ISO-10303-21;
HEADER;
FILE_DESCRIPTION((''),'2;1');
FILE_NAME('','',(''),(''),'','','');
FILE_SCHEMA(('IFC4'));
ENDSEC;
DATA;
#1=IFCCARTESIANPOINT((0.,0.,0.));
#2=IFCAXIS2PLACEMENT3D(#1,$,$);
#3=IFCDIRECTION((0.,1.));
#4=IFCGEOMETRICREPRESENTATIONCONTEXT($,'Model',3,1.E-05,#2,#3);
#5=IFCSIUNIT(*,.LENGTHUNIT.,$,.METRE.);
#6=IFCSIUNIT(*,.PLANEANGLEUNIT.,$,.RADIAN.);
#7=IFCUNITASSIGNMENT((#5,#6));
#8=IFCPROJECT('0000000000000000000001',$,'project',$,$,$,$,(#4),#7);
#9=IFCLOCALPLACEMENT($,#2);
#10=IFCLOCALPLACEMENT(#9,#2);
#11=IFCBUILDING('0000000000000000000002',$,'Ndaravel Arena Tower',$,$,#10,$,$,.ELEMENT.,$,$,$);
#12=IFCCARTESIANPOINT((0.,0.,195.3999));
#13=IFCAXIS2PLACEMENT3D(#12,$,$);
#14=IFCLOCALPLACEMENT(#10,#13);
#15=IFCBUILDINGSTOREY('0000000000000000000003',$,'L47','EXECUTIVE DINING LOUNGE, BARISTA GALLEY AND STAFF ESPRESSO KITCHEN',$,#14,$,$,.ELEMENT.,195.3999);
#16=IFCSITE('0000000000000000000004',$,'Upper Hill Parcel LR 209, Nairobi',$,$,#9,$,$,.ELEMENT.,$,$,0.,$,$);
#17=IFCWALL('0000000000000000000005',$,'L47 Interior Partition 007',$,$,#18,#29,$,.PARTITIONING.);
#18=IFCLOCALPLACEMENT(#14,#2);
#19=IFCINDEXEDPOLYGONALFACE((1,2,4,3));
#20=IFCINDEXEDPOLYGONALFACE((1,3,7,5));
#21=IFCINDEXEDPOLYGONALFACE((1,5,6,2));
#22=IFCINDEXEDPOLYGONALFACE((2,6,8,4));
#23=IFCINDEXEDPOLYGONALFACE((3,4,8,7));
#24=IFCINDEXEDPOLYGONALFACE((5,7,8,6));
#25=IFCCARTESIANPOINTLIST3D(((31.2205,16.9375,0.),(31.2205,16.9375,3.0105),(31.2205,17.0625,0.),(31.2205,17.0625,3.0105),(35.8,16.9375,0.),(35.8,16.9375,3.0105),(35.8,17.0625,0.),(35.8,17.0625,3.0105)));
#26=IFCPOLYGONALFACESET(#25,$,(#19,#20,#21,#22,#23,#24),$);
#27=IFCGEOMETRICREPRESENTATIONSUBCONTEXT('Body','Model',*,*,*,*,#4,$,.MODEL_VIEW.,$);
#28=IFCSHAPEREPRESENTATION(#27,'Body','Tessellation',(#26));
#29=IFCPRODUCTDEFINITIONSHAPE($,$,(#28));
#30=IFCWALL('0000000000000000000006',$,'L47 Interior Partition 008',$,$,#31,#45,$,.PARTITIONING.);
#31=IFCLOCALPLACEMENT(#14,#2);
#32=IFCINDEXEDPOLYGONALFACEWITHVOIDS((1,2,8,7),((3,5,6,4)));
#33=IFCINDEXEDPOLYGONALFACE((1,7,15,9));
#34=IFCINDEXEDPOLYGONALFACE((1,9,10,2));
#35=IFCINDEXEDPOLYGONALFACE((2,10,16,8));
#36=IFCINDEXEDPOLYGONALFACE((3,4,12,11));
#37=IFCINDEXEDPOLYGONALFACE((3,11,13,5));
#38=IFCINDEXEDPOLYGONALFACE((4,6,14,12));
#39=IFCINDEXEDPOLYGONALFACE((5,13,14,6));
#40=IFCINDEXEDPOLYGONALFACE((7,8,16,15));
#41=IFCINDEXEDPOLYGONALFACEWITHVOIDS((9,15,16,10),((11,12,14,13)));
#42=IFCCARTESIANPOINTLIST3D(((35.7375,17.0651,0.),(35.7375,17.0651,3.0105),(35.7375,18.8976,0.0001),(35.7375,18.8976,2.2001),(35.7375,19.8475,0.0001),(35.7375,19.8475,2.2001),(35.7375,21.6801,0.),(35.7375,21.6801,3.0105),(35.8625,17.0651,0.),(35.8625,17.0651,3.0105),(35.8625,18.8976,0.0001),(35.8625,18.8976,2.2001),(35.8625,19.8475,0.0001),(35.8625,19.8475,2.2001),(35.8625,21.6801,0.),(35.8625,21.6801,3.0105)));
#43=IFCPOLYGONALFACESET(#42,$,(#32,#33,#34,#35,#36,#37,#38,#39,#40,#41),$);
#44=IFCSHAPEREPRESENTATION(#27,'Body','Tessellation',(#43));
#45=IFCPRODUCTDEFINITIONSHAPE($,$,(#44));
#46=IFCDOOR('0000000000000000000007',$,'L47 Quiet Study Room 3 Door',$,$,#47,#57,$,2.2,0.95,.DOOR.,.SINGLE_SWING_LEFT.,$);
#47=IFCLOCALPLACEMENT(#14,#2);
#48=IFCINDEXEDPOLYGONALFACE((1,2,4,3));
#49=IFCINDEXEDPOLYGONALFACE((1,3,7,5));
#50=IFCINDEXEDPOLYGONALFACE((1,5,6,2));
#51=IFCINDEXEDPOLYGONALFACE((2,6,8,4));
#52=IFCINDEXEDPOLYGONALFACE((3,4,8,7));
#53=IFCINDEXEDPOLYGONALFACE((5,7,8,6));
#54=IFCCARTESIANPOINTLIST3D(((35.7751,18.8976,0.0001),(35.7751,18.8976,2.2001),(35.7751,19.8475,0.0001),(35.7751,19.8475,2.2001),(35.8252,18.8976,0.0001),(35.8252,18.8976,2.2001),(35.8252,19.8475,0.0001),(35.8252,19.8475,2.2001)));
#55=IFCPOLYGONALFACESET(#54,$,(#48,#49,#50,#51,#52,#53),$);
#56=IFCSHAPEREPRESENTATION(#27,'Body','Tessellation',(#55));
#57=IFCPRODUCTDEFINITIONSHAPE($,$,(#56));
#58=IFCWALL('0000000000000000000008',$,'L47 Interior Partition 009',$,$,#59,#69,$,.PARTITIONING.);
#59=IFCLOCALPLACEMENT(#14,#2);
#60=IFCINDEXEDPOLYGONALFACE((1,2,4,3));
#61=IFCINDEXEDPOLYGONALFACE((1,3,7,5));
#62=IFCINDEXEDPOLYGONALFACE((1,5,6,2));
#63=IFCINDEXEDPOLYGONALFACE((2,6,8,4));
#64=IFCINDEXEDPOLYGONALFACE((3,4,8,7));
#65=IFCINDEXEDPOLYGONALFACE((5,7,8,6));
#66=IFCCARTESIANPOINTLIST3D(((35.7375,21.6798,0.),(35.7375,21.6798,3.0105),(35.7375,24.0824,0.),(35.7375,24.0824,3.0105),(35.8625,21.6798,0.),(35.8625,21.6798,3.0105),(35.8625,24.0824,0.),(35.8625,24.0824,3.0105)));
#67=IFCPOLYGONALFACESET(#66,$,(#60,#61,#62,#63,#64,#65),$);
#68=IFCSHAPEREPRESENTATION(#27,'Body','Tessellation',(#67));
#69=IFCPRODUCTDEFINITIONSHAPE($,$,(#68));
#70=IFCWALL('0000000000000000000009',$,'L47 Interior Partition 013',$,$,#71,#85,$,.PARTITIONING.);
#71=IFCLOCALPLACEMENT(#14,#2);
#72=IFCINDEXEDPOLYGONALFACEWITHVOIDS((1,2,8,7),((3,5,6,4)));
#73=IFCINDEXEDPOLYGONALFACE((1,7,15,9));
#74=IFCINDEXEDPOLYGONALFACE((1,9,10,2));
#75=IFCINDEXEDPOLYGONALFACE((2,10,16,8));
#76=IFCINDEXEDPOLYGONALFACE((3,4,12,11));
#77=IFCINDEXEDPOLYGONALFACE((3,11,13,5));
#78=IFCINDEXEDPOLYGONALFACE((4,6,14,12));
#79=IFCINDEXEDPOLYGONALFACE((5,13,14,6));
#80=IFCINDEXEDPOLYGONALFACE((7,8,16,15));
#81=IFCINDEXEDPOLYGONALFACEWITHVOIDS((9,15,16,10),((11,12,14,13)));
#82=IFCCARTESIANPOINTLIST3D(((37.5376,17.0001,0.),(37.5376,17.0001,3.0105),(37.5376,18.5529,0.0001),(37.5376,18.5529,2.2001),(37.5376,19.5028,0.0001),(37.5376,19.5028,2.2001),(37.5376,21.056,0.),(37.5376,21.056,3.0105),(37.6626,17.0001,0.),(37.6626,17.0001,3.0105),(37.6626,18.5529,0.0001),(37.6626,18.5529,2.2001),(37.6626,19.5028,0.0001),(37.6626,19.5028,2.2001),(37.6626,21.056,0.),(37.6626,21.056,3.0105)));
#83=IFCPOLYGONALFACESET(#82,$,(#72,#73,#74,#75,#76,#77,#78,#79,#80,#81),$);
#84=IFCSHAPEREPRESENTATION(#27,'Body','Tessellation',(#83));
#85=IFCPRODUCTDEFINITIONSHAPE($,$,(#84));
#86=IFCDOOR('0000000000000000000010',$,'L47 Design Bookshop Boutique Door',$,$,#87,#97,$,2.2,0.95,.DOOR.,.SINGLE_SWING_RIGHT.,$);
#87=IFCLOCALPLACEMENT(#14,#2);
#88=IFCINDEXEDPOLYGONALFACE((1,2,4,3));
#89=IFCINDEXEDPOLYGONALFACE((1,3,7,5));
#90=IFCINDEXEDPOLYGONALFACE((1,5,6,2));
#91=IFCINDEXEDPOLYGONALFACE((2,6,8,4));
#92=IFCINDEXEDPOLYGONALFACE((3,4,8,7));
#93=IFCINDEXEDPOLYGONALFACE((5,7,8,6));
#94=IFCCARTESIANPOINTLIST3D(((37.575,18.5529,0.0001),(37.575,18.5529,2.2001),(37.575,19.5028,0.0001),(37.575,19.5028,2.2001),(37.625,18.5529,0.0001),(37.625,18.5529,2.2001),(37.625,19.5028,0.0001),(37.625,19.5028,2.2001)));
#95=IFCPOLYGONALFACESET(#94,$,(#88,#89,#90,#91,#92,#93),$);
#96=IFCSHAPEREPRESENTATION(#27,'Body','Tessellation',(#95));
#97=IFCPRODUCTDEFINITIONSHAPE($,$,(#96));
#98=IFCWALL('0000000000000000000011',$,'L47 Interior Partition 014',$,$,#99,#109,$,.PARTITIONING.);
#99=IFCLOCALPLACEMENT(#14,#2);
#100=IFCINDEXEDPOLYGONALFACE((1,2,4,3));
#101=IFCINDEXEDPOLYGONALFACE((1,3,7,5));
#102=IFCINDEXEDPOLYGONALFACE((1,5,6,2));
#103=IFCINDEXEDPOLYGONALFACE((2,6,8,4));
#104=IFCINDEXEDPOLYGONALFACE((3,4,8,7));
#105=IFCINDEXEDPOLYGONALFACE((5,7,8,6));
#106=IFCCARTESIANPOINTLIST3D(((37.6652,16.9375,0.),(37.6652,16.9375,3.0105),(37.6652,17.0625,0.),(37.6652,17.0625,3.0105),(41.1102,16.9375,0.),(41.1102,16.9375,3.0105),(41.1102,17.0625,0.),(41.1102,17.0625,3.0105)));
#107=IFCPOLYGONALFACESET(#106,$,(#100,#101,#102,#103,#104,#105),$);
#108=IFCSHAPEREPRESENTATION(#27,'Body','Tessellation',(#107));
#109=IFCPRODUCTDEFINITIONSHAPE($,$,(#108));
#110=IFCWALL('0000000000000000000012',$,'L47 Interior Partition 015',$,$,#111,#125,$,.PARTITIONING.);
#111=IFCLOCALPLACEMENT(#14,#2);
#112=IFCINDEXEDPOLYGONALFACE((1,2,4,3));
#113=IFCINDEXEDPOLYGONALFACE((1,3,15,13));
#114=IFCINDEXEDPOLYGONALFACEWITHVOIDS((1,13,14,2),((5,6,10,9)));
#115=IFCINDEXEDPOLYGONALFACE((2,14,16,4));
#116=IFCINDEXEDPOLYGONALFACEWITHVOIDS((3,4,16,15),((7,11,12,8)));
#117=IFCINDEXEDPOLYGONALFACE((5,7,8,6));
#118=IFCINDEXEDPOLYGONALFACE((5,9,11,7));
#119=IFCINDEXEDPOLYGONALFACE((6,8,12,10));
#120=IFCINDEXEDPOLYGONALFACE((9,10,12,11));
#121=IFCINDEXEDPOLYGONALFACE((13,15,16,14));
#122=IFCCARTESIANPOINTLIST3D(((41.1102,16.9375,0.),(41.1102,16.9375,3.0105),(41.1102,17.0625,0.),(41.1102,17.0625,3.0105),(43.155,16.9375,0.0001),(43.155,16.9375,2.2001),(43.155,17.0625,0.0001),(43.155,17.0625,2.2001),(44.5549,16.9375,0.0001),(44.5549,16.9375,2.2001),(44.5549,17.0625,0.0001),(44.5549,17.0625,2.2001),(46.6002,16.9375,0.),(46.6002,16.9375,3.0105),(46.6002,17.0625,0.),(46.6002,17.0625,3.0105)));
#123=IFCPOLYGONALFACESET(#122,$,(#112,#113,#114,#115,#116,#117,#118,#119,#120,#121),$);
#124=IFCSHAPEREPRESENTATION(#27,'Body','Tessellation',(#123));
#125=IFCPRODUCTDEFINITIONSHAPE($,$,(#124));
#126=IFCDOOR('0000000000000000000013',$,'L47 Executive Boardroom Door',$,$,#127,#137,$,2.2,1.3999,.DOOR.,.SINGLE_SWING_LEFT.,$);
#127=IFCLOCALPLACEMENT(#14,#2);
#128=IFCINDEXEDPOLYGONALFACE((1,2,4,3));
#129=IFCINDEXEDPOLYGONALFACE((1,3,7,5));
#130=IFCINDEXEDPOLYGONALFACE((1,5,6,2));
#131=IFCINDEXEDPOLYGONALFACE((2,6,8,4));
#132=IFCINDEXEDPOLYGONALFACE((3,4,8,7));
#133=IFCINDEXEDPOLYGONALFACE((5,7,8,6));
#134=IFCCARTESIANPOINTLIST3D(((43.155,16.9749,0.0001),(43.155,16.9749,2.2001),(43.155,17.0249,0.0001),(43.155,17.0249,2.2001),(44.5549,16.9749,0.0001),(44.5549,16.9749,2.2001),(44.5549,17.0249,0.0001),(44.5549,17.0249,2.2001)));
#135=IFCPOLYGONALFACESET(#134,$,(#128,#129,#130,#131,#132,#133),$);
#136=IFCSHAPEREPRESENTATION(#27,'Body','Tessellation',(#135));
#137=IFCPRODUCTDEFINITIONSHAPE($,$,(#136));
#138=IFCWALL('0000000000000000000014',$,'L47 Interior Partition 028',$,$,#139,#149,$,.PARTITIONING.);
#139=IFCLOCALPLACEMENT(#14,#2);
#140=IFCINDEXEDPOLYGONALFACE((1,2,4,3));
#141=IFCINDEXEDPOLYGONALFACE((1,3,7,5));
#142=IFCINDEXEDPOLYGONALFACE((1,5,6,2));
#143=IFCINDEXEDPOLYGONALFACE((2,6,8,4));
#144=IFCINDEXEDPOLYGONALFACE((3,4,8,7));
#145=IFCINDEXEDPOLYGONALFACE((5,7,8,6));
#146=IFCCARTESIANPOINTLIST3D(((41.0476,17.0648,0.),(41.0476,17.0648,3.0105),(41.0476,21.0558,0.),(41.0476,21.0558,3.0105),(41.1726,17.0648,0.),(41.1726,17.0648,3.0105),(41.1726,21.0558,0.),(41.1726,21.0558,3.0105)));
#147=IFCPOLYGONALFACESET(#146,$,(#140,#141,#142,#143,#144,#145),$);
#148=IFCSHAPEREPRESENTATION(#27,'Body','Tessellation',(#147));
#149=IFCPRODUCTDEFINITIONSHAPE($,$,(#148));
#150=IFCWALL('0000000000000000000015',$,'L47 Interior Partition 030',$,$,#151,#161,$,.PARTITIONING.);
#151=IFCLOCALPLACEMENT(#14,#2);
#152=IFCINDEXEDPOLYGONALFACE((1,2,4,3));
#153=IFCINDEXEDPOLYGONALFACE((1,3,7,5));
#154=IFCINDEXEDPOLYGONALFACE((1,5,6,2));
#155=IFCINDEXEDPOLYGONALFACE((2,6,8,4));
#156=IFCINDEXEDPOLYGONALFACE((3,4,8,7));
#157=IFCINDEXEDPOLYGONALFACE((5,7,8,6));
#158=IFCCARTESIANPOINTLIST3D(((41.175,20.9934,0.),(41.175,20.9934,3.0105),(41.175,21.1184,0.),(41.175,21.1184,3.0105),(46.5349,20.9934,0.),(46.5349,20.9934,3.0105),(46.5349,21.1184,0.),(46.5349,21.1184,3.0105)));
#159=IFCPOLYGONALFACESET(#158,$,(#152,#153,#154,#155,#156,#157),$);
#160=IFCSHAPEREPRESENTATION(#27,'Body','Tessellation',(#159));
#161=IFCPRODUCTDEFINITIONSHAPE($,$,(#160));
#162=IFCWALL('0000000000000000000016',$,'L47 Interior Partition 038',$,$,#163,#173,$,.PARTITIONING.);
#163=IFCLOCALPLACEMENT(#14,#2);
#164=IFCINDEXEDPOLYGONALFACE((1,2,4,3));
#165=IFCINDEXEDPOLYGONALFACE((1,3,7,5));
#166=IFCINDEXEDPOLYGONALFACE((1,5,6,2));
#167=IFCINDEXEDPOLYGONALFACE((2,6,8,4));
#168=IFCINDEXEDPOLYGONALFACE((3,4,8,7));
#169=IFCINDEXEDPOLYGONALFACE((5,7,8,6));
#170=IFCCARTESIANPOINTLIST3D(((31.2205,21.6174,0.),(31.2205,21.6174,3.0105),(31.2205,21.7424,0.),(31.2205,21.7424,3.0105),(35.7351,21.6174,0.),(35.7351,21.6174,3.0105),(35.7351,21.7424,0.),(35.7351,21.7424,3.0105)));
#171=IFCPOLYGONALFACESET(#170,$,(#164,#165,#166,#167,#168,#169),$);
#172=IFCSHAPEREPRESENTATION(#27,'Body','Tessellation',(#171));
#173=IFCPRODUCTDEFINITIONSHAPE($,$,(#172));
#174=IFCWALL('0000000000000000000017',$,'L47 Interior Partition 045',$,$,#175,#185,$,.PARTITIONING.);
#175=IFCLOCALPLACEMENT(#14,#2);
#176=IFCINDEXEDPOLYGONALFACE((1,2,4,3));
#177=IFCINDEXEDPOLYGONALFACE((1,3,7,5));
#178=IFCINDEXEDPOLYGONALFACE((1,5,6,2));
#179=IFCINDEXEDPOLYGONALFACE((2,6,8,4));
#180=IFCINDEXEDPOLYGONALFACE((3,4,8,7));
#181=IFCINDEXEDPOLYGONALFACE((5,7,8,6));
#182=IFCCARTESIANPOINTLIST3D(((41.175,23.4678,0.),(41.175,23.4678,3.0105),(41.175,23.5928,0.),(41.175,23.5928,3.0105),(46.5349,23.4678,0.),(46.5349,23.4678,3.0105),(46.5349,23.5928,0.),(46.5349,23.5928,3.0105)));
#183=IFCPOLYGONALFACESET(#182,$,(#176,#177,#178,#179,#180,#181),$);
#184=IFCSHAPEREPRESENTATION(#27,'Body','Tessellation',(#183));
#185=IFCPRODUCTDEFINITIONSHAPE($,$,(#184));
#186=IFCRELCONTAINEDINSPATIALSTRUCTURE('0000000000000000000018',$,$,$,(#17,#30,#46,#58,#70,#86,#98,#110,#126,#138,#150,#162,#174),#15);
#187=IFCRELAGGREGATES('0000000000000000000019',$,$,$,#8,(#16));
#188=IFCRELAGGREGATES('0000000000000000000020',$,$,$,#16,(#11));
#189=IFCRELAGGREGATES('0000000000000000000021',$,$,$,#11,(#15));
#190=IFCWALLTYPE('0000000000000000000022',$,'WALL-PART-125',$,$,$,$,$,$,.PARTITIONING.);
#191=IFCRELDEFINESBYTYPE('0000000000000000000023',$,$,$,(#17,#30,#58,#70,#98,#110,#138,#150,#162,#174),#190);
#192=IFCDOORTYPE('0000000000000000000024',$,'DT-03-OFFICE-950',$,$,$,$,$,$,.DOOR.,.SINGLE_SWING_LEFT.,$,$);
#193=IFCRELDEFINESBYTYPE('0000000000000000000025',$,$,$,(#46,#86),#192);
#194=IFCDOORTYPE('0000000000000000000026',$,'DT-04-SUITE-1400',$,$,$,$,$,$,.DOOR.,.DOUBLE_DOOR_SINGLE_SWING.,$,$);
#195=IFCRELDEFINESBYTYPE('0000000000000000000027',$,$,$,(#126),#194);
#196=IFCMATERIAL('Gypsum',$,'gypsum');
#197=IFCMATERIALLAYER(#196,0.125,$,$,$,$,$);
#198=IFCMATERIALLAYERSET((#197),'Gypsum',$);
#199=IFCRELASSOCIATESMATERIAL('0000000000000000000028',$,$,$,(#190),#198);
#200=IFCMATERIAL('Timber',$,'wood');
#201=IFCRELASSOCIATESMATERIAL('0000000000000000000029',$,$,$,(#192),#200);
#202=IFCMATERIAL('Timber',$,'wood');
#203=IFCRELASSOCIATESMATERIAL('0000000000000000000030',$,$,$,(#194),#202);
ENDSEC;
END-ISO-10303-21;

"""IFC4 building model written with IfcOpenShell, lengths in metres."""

from ifc_helpers import new_model, si_unit, direction, frame, frame_2d, origin, place, context, subcontext, project, spatial, rectangle, extrude, material, layer, layer_set, type_object, element, fill, save


model = new_model("IFC4")

# Units and contexts
model_context = context("Model", 3, precision=1e-05, world=origin(), true_north=direction((0.0, 1.0)))
body_context = subcontext(model_context, "Body", "Model", "MODEL_VIEW")
ifc_project = project(units=[si_unit("LENGTHUNIT", "METRE"), si_unit("PLANEANGLEUNIT", "RADIAN")], contexts=[model_context])

# Site, building, storey
site_placement = place(None, origin())
site = spatial("IfcSite", under=ifc_project, at=site_placement, Name="Upper Hill Parcel LR 209, Nairobi", CompositionType="ELEMENT", RefElevation=0.0)
building_placement = place(site_placement, origin())
building = spatial("IfcBuilding", under=site, at=building_placement, Name="Ndaravel Arena Tower", CompositionType="ELEMENT")
storey_placement = place(building_placement, frame((0.0, 0.0, 195.3999)))
storey = spatial("IfcBuildingStorey", under=building, at=storey_placement, Name="L47", Description="EXECUTIVE DINING LOUNGE, BARISTA GALLEY AND STAFF ESPRESSO KITCHEN", CompositionType="ELEMENT", Elevation=195.3999)

# Wall
ifc_material_1 = material(Name="Gypsum", Category="gypsum")
ifc_layer_1 = layer(ifc_material_1, 0.125)
ifc_layer_set_1 = layer_set([ifc_layer_1], Name="Gypsum")
wall_type_1 = type_object("IfcWallType", Name="WALL-PART-125", PredefinedType="PARTITIONING", material=ifc_layer_set_1)
wall_1_placement = place(storey_placement, frame((31.2205, 17.0, 0.0), z_axis=(0.0, 0.0, 1.0), x_axis=(1.0, 0.0, 0.0)))
element("IfcWall", 1, at=wall_1_placement, inside=storey, type_object=wall_type_1, Name="L47 Interior Partition 007", PredefinedType="PARTITIONING", context=body_context, shape_type="SweptSolid", body=[
    extrude(rectangle(XDim=4.5796, YDim=0.125, at=frame_2d((2.2898, 0.0))), origin(), (0.0, 0.0, 1.0), 3.0105),
])

# Wall, opening, door
wall_2_placement = place(storey_placement, frame((35.8, 17.0649, 0.0), z_axis=(0.0, 0.0, 1.0), x_axis=(0.0, 1.0, 0.0)))
wall_2 = element("IfcWall", 2, at=wall_2_placement, inside=storey, type_object=wall_type_1, Name="L47 Interior Partition 008", PredefinedType="PARTITIONING", context=body_context, shape_type="SweptSolid", body=[
    extrude(rectangle(XDim=4.615, YDim=0.125, at=frame_2d((2.3076, 0.0))), origin(), (0.0, 0.0, 1.0), 3.0105),
])
opening_1_placement = place(wall_2_placement, frame((1.8325, 0.0, 0.0)))
opening_1 = element("IfcOpeningElement", 3, at=opening_1_placement, cuts=wall_2, PredefinedType="OPENING", context=body_context, shape_type="SweptSolid", body=[
    extrude(rectangle(XDim=0.95, YDim=2.2, at=frame_2d((0.4751, 1.1001))), frame((0.0, 0.0625, 0.0), z_axis=(0.0, -1.0, 0.0), x_axis=(1.0, 0.0, 0.0)), (0.0, 0.0, 1.0), 0.125),
])
ifc_material_2 = material(Name="Timber", Category="wood")
door_type_1 = type_object("IfcDoorType", Name="DT-03-OFFICE-950", OperationType="SINGLE_SWING_LEFT", PredefinedType="DOOR", material=ifc_material_2)
door_1_placement = place(opening_1_placement, origin())
door_1 = element("IfcDoor", 4, at=door_1_placement, inside=storey, type_object=door_type_1, Name="L47 Quiet Study Room 3 Door", OperationType="SINGLE_SWING_LEFT", OverallHeight=2.2, OverallWidth=0.95, PredefinedType="DOOR", context=body_context, shape_type="SweptSolid", body=[
    extrude(rectangle(XDim=0.95, YDim=2.2, at=frame_2d((0.4751, 1.1001))), frame((0.0, 0.0249, 0.0), z_axis=(0.0, -1.0, 0.0), x_axis=(1.0, 0.0, 0.0)), (0.0, 0.0, 1.0), 0.05),
])
fill(opening_1, door_1)

# Wall
wall_3_placement = place(storey_placement, frame((35.8, 21.6799, 0.0), z_axis=(0.0, 0.0, 1.0), x_axis=(0.0, 1.0, 0.0)))
element("IfcWall", 5, at=wall_3_placement, inside=storey, type_object=wall_type_1, Name="L47 Interior Partition 009", PredefinedType="PARTITIONING", context=body_context, shape_type="SweptSolid", body=[
    extrude(rectangle(XDim=2.4026, YDim=0.125, at=frame_2d((1.2012, 0.0))), origin(), (0.0, 0.0, 1.0), 3.0105),
])

# Wall, opening, door
wall_4_placement = place(storey_placement, frame((37.6001, 21.0559, 0.0), z_axis=(0.0, 0.0, 1.0), x_axis=(0.0, -1.0, 0.0)))
wall_4 = element("IfcWall", 6, at=wall_4_placement, inside=storey, type_object=wall_type_1, Name="L47 Interior Partition 013", PredefinedType="PARTITIONING", context=body_context, shape_type="SweptSolid", body=[
    extrude(rectangle(XDim=4.0559, YDim=0.125, at=frame_2d((2.0278, 0.0))), origin(), (0.0, 0.0, 1.0), 3.0105),
])
opening_2_placement = place(wall_4_placement, frame((1.553, 0.0, 0.0)))
opening_2 = element("IfcOpeningElement", 7, at=opening_2_placement, cuts=wall_4, PredefinedType="OPENING", context=body_context, shape_type="SweptSolid", body=[
    extrude(rectangle(XDim=0.95, YDim=2.2, at=frame_2d((0.4751, 1.1001))), frame((0.0, 0.0625, 0.0), z_axis=(0.0, -1.0, 0.0), x_axis=(1.0, 0.0, 0.0)), (0.0, 0.0, 1.0), 0.125),
])
door_2_placement = place(opening_2_placement, origin())
door_2 = element("IfcDoor", 8, at=door_2_placement, inside=storey, type_object=door_type_1, Name="L47 Design Bookshop Boutique Door", OperationType="SINGLE_SWING_RIGHT", OverallHeight=2.2, OverallWidth=0.95, PredefinedType="DOOR", context=body_context, shape_type="SweptSolid", body=[
    extrude(rectangle(XDim=0.95, YDim=2.2, at=frame_2d((0.4751, 1.1001))), frame((0.0, 0.0249, 0.0), z_axis=(0.0, -1.0, 0.0), x_axis=(1.0, 0.0, 0.0)), (0.0, 0.0, 1.0), 0.05),
])
fill(opening_2, door_2)

# Wall
wall_5_placement = place(storey_placement, frame((37.665, 17.0, 0.0), z_axis=(0.0, 0.0, 1.0), x_axis=(1.0, 0.0, 0.0)))
element("IfcWall", 9, at=wall_5_placement, inside=storey, type_object=wall_type_1, Name="L47 Interior Partition 014", PredefinedType="PARTITIONING", context=body_context, shape_type="SweptSolid", body=[
    extrude(rectangle(XDim=3.4451, YDim=0.125, at=frame_2d((1.7227, 0.0))), origin(), (0.0, 0.0, 1.0), 3.0105),
])

# Wall, opening, door
wall_6_placement = place(storey_placement, frame((41.1101, 17.0, 0.0), z_axis=(0.0, 0.0, 1.0), x_axis=(1.0, 0.0, 0.0)))
wall_6 = element("IfcWall", 10, at=wall_6_placement, inside=storey, type_object=wall_type_1, Name="L47 Interior Partition 015", PredefinedType="PARTITIONING", context=body_context, shape_type="SweptSolid", body=[
    extrude(rectangle(XDim=5.49, YDim=0.125, at=frame_2d((2.7451, 0.0))), origin(), (0.0, 0.0, 1.0), 3.0105),
])
opening_3_placement = place(wall_6_placement, frame((2.0449, 0.0, 0.0)))
opening_3 = element("IfcOpeningElement", 11, at=opening_3_placement, cuts=wall_6, PredefinedType="OPENING", context=body_context, shape_type="SweptSolid", body=[
    extrude(rectangle(XDim=1.3999, YDim=2.2, at=frame_2d((0.7, 1.1001))), frame((0.0, 0.0625, 0.0), z_axis=(0.0, -1.0, 0.0), x_axis=(1.0, 0.0, 0.0)), (0.0, 0.0, 1.0), 0.125),
])
ifc_material_3 = material(Name="Timber", Category="wood")
door_type_2 = type_object("IfcDoorType", Name="DT-04-SUITE-1400", OperationType="DOUBLE_DOOR_SINGLE_SWING", PredefinedType="DOOR", material=ifc_material_3)
door_3_placement = place(opening_3_placement, origin())
door_3 = element("IfcDoor", 12, at=door_3_placement, inside=storey, type_object=door_type_2, Name="L47 Executive Boardroom Door", OperationType="SINGLE_SWING_LEFT", OverallHeight=2.2, OverallWidth=1.3999, PredefinedType="DOOR", context=body_context, shape_type="SweptSolid", body=[
    extrude(rectangle(XDim=1.3999, YDim=2.2, at=frame_2d((0.7, 1.1001))), frame((0.0, 0.0249, 0.0), z_axis=(0.0, -1.0, 0.0), x_axis=(1.0, 0.0, 0.0)), (0.0, 0.0, 1.0), 0.05),
])
fill(opening_3, door_3)

# Walls
wall_7_placement = place(storey_placement, frame((41.1101, 21.0559, 0.0), z_axis=(0.0, 0.0, 1.0), x_axis=(0.0, -1.0, 0.0)))
element("IfcWall", 13, at=wall_7_placement, inside=storey, type_object=wall_type_1, Name="L47 Interior Partition 028", PredefinedType="PARTITIONING", context=body_context, shape_type="SweptSolid", body=[
    extrude(rectangle(XDim=3.991, YDim=0.125, at=frame_2d((1.9956, 0.0))), origin(), (0.0, 0.0, 1.0), 3.0105),
])
wall_8_placement = place(storey_placement, frame((41.175, 21.0559, 0.0), z_axis=(0.0, 0.0, 1.0), x_axis=(1.0, 0.0, 0.0)))
element("IfcWall", 14, at=wall_8_placement, inside=storey, type_object=wall_type_1, Name="L47 Interior Partition 030", PredefinedType="PARTITIONING", context=body_context, shape_type="SweptSolid", body=[
    extrude(rectangle(XDim=5.3599, YDim=0.125, at=frame_2d((2.6799, 0.0))), origin(), (0.0, 0.0, 1.0), 3.0105),
])
wall_9_placement = place(storey_placement, frame((31.2205, 21.6799, 0.0), z_axis=(0.0, 0.0, 1.0), x_axis=(1.0, 0.0, 0.0)))
element("IfcWall", 15, at=wall_9_placement, inside=storey, type_object=wall_type_1, Name="L47 Interior Partition 038", PredefinedType="PARTITIONING", context=body_context, shape_type="SweptSolid", body=[
    extrude(rectangle(XDim=4.5146, YDim=0.125, at=frame_2d((2.2573, 0.0))), origin(), (0.0, 0.0, 1.0), 3.0105),
])
wall_10_placement = place(storey_placement, frame((41.175, 23.5303, 0.0), z_axis=(0.0, 0.0, 1.0), x_axis=(1.0, 0.0, 0.0)))
element("IfcWall", 16, at=wall_10_placement, inside=storey, type_object=wall_type_1, Name="L47 Interior Partition 045", PredefinedType="PARTITIONING", context=body_context, shape_type="SweptSolid", body=[
    extrude(rectangle(XDim=5.3599, YDim=0.125, at=frame_2d((2.6799, 0.0))), origin(), (0.0, 0.0, 1.0), 3.0105),
])

save(model, "model.ifc")
